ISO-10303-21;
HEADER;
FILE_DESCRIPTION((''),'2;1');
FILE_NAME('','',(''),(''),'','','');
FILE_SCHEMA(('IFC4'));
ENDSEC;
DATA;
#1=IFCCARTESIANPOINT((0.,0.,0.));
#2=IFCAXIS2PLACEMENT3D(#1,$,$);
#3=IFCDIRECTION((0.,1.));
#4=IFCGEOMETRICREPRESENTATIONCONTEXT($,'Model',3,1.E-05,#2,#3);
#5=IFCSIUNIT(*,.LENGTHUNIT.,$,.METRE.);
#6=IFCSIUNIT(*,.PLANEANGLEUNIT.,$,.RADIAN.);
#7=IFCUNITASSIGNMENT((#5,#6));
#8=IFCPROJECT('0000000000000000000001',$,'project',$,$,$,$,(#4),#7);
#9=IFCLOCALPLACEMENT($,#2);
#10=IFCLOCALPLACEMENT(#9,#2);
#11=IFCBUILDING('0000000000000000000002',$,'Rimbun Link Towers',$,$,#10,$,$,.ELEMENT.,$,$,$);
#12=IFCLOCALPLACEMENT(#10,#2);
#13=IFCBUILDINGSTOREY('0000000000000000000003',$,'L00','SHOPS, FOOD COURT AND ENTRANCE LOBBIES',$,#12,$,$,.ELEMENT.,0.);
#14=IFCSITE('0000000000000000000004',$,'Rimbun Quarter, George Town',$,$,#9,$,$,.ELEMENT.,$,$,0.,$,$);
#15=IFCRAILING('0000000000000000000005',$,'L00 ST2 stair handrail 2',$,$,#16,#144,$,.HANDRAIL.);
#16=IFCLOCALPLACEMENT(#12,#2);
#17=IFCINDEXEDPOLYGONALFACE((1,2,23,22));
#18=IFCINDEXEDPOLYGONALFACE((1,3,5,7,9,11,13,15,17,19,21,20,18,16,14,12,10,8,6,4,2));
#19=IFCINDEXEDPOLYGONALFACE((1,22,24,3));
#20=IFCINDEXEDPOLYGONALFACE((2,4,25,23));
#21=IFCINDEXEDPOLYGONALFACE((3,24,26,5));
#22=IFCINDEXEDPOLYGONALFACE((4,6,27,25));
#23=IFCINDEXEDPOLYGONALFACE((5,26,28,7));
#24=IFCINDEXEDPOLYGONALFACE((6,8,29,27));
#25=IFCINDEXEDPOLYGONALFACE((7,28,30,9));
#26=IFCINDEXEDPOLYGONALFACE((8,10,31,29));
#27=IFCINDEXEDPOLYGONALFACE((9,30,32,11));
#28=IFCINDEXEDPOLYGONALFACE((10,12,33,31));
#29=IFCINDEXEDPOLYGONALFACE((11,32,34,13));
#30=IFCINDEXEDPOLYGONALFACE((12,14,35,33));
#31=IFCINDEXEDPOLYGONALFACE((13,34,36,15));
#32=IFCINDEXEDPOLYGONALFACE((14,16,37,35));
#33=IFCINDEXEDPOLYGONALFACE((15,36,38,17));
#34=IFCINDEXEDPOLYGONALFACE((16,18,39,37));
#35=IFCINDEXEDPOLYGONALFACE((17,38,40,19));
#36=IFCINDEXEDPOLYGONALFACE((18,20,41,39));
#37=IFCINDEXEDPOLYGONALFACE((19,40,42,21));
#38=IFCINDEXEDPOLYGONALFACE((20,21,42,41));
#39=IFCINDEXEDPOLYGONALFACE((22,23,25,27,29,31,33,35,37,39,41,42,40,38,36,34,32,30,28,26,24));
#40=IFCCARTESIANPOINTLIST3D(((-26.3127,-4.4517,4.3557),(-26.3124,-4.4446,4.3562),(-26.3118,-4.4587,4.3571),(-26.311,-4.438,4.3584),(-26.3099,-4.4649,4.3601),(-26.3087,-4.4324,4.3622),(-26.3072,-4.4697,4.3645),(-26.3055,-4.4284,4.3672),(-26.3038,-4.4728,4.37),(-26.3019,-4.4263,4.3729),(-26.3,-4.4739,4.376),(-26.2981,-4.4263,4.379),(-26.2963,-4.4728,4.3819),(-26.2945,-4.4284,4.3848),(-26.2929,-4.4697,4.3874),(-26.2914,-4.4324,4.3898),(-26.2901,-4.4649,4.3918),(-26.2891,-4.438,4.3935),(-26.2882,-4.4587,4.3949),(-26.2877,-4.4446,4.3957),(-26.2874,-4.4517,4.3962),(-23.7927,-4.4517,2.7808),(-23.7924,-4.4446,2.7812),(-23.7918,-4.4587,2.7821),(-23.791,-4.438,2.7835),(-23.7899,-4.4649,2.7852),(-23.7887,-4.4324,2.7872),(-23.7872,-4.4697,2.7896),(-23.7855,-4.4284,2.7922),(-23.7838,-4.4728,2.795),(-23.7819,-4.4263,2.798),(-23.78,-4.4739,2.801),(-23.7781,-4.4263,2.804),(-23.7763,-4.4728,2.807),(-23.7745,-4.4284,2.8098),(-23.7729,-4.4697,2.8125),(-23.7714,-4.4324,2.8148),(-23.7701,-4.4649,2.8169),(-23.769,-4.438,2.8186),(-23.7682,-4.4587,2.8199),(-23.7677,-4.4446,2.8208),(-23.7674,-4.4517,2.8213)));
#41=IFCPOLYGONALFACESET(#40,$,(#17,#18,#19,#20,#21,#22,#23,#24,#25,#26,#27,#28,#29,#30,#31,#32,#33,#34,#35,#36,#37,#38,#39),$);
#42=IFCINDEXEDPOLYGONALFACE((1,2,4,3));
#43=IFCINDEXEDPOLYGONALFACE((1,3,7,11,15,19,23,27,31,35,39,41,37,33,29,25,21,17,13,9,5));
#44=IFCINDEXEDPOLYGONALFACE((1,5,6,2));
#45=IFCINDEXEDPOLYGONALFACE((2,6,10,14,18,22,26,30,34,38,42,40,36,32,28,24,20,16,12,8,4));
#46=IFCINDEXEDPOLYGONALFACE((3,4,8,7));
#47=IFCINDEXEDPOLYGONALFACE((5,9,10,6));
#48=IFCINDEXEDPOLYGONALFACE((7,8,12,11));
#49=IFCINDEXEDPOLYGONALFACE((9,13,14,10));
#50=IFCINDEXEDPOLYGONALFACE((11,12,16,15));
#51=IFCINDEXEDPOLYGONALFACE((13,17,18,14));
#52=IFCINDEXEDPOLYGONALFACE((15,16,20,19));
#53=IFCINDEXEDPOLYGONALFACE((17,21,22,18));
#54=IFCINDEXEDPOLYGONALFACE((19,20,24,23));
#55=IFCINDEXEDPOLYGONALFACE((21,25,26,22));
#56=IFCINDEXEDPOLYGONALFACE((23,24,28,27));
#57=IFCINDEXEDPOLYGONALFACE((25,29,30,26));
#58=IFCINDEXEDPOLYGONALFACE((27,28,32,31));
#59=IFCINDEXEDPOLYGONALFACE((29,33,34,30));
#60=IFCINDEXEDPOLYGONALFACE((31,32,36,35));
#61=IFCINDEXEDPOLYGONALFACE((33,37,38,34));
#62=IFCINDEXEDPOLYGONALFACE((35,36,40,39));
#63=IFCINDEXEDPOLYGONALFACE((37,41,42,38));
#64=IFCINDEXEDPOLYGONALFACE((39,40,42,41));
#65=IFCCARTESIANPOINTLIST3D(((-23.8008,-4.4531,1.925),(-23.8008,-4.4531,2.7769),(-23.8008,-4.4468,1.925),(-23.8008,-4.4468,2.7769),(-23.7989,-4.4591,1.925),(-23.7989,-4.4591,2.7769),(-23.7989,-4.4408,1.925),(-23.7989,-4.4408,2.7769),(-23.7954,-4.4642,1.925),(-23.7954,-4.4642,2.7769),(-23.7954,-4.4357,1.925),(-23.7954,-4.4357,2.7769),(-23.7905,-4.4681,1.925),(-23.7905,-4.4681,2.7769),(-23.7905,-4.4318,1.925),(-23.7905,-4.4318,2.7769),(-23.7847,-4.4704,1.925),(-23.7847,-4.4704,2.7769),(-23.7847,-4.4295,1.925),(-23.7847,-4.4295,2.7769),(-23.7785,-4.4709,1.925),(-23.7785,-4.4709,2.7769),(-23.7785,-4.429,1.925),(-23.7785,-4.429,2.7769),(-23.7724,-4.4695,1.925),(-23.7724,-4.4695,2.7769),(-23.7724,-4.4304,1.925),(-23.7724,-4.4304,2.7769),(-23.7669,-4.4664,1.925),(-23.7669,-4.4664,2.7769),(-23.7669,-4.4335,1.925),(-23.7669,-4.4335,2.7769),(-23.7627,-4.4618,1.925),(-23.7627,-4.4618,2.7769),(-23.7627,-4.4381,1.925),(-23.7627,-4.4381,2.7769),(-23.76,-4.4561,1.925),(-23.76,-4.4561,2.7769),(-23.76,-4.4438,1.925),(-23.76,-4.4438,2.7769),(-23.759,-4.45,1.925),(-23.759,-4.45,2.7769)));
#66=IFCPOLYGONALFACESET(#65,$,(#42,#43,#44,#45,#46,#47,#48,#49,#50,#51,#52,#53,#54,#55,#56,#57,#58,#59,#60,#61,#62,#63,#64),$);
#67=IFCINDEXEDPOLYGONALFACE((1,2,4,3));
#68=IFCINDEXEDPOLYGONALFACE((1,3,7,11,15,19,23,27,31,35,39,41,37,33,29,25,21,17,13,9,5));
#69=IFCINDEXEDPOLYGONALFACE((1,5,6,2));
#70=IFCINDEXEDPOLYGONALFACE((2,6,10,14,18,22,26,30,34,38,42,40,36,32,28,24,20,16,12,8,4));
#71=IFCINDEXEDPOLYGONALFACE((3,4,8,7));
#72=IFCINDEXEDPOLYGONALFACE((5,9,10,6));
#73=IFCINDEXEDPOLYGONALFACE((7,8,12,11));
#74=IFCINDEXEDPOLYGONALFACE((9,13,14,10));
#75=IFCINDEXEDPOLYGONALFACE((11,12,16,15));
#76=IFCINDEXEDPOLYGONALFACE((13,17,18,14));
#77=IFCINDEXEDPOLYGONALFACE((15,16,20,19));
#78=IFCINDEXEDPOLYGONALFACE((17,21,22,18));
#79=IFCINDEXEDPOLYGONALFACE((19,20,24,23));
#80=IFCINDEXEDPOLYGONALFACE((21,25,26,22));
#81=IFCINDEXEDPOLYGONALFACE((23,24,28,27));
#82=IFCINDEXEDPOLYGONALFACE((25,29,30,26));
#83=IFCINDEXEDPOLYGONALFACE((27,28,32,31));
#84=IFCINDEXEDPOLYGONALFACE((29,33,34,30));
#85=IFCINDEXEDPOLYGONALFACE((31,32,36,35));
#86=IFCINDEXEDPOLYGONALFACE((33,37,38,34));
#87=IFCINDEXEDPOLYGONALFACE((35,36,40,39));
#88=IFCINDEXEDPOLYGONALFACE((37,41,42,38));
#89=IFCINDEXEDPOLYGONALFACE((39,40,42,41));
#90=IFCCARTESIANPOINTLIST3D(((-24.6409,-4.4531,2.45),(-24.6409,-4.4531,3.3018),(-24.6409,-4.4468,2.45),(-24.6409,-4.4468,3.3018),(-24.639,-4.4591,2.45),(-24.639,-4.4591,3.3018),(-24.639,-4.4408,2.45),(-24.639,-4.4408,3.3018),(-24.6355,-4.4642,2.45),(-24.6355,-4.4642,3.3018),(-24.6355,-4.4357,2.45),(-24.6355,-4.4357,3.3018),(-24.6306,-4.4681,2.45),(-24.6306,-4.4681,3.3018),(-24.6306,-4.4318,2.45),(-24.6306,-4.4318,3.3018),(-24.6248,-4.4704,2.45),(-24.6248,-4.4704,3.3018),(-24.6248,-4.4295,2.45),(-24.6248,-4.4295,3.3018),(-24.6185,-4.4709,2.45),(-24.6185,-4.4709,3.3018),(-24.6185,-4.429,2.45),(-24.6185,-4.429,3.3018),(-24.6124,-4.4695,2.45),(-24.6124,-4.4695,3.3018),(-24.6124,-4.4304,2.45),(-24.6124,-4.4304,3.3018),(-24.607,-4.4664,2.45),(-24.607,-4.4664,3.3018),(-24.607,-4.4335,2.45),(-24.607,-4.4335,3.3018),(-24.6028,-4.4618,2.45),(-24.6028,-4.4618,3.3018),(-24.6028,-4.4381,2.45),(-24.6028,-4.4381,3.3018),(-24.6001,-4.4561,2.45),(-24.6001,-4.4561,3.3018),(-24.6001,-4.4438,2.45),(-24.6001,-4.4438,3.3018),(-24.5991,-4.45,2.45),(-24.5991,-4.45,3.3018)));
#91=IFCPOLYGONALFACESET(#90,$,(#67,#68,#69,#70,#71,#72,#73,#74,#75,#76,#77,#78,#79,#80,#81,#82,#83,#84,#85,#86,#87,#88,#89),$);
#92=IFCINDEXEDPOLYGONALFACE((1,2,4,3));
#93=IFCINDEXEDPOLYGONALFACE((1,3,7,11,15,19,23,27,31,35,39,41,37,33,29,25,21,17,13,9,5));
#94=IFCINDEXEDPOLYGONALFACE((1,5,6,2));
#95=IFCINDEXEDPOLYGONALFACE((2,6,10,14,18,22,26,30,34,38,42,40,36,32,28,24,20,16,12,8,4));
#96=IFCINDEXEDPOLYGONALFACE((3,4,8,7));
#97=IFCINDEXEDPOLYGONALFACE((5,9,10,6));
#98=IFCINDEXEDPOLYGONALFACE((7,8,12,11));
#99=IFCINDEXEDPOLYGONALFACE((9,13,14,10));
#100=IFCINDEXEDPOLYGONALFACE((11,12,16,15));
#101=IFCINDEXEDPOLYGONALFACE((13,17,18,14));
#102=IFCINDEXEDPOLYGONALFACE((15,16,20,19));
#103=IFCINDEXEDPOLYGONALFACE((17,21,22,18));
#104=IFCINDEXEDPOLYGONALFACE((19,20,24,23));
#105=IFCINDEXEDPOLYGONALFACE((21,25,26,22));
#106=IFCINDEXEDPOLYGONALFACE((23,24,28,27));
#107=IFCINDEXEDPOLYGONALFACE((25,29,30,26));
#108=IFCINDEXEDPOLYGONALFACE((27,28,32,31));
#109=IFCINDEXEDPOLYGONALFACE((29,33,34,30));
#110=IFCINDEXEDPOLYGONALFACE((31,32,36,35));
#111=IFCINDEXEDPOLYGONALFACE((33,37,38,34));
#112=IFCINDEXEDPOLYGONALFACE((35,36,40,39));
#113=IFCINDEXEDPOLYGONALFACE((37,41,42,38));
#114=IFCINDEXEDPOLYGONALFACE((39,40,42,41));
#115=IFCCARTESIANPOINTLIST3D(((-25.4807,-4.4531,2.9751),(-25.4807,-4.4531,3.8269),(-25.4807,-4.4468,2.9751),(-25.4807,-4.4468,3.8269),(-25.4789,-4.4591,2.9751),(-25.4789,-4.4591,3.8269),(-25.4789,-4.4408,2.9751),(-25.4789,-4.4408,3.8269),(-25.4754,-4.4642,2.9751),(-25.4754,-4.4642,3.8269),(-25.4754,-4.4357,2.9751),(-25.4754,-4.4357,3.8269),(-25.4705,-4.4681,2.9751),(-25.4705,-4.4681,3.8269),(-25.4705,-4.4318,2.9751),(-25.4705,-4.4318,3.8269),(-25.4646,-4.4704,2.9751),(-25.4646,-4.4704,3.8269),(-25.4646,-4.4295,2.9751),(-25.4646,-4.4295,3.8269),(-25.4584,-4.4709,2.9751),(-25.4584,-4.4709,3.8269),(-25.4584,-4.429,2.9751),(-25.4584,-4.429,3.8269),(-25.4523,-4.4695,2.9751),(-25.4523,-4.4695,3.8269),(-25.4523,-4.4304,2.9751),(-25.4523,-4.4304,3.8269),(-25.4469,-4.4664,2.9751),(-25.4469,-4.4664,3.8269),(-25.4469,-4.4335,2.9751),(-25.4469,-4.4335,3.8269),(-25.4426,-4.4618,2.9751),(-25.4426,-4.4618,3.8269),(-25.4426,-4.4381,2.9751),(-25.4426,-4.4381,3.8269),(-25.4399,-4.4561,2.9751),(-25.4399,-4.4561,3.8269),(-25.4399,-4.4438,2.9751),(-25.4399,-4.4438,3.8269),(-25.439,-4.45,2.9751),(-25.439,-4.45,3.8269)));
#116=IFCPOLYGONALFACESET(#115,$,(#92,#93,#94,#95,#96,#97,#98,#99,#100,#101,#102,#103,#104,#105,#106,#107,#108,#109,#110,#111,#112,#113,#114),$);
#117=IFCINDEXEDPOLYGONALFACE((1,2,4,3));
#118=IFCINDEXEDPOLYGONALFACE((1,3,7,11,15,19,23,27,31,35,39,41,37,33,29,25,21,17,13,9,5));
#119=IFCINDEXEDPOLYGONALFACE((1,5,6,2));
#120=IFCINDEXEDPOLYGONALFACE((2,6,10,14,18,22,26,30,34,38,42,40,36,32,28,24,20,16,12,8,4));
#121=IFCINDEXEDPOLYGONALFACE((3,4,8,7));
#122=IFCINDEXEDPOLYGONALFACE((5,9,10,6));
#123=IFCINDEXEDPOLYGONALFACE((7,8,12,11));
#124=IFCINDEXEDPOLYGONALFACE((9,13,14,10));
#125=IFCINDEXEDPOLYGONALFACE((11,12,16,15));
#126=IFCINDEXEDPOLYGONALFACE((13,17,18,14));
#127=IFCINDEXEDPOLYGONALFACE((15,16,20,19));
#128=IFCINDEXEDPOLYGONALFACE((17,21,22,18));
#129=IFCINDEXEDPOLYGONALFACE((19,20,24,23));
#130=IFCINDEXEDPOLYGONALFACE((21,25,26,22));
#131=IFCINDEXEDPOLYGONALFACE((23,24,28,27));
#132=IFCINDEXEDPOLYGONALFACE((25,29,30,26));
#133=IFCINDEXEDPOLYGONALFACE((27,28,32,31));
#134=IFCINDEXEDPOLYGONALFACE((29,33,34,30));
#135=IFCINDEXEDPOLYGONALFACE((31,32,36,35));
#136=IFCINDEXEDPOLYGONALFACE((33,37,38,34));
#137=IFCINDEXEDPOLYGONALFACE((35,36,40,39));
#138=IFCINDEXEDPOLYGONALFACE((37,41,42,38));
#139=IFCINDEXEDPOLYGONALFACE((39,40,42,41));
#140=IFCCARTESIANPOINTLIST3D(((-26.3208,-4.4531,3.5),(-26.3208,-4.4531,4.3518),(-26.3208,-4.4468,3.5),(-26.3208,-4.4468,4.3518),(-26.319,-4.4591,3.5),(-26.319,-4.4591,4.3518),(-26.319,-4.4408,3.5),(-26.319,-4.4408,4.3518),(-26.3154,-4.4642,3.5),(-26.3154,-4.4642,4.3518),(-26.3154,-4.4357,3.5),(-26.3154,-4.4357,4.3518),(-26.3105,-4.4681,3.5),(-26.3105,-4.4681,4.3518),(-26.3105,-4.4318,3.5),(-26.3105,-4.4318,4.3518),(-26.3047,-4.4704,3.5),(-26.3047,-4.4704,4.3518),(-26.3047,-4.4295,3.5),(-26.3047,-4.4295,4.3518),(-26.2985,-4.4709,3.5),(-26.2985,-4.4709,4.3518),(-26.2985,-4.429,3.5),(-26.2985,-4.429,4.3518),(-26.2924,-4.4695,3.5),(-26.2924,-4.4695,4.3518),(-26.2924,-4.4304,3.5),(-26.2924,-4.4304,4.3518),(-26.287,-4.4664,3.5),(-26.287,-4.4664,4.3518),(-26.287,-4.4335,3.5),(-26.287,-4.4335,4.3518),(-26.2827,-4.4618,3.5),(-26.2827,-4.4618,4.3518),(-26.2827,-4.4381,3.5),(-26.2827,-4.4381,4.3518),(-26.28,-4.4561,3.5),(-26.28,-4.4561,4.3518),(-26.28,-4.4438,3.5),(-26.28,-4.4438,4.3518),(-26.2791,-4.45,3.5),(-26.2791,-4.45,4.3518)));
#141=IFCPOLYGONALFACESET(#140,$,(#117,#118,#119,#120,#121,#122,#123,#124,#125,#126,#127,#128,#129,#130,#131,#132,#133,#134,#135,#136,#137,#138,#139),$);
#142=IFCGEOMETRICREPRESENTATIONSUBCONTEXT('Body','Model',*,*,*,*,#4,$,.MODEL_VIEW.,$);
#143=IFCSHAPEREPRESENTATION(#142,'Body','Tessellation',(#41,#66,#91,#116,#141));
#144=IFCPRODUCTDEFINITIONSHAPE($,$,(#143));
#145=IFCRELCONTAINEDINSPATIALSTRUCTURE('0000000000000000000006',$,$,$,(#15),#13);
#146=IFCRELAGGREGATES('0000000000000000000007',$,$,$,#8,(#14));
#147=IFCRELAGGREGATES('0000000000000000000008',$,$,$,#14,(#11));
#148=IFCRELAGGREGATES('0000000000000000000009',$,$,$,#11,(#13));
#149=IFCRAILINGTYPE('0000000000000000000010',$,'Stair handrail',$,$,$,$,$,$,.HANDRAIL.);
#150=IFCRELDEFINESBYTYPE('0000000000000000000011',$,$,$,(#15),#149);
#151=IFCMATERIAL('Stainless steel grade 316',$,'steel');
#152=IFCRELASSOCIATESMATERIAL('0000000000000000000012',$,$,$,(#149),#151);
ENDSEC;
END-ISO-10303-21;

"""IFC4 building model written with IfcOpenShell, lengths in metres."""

from ifc_helpers import new_model, si_unit, direction, frame, origin, origin_2d, place, context, subcontext, project, spatial, circle, extrude, material, type_object, element, save


model = new_model("IFC4")

# Units and contexts
model_context = context("Model", 3, precision=1e-05, world=origin(), true_north=direction((0.0, 1.0)))
body_context = subcontext(model_context, "Body", "Model", "MODEL_VIEW")
ifc_project = project(units=[si_unit("LENGTHUNIT", "METRE"), si_unit("PLANEANGLEUNIT", "RADIAN")], contexts=[model_context])

# Site, building, storey
site_placement = place(None, origin())
site = spatial("IfcSite", under=ifc_project, at=site_placement, Name="Rimbun Quarter, George Town", CompositionType="ELEMENT", RefElevation=0.0)
building_placement = place(site_placement, origin())
building = spatial("IfcBuilding", under=site, at=building_placement, Name="Rimbun Link Towers", CompositionType="ELEMENT")
storey_placement = place(building_placement, origin())
storey = spatial("IfcBuildingStorey", under=building, at=storey_placement, Name="L00", Description="SHOPS, FOOD COURT AND ENTRANCE LOBBIES", CompositionType="ELEMENT", Elevation=0.0)

# Railing
ifc_material_1 = material(Name="Stainless steel grade 316", Category="steel")
railing_type_1 = type_object("IfcRailingType", Name="Stair handrail", PredefinedType="HANDRAIL", material=ifc_material_1)
for number, where, name in (
    (1, (-23.78, -4.45, 1.925), "L00 ST2 stair handrail 2"),
):
    element("IfcRailing", number, at=place(storey_placement, frame(where)), inside=storey, type_object=railing_type_1, Name=name, PredefinedType="HANDRAIL", context=body_context, shape_type="SweptSolid", body=[
        extrude(circle(Radius=0.0239, at=origin_2d()), frame((0.0, 0.0, 0.876), z_axis=(-0.848008, 0.0, 0.529984), x_axis=(0.0, -1.0, 0.0)), (0.0, 0.0, 1.0), 2.9717),
        extrude(circle(Radius=0.021, at=origin_2d()), origin(), (0.0, 0.0, 1.0), 0.8518),
        extrude(circle(Radius=0.021, at=origin_2d()), frame((-0.8401, 0.0, 0.5249)), (0.0, 0.0, 1.0), 0.8518),
        extrude(circle(Radius=0.021, at=origin_2d()), frame((-1.6799, 0.0, 1.05)), (0.0, 0.0, 1.0), 0.8518),
        extrude(circle(Radius=0.021, at=origin_2d()), frame((-2.52, 0.0, 1.575)), (0.0, 0.0, 1.0), 0.8518),
    ])

save(model, "model.ifc")
